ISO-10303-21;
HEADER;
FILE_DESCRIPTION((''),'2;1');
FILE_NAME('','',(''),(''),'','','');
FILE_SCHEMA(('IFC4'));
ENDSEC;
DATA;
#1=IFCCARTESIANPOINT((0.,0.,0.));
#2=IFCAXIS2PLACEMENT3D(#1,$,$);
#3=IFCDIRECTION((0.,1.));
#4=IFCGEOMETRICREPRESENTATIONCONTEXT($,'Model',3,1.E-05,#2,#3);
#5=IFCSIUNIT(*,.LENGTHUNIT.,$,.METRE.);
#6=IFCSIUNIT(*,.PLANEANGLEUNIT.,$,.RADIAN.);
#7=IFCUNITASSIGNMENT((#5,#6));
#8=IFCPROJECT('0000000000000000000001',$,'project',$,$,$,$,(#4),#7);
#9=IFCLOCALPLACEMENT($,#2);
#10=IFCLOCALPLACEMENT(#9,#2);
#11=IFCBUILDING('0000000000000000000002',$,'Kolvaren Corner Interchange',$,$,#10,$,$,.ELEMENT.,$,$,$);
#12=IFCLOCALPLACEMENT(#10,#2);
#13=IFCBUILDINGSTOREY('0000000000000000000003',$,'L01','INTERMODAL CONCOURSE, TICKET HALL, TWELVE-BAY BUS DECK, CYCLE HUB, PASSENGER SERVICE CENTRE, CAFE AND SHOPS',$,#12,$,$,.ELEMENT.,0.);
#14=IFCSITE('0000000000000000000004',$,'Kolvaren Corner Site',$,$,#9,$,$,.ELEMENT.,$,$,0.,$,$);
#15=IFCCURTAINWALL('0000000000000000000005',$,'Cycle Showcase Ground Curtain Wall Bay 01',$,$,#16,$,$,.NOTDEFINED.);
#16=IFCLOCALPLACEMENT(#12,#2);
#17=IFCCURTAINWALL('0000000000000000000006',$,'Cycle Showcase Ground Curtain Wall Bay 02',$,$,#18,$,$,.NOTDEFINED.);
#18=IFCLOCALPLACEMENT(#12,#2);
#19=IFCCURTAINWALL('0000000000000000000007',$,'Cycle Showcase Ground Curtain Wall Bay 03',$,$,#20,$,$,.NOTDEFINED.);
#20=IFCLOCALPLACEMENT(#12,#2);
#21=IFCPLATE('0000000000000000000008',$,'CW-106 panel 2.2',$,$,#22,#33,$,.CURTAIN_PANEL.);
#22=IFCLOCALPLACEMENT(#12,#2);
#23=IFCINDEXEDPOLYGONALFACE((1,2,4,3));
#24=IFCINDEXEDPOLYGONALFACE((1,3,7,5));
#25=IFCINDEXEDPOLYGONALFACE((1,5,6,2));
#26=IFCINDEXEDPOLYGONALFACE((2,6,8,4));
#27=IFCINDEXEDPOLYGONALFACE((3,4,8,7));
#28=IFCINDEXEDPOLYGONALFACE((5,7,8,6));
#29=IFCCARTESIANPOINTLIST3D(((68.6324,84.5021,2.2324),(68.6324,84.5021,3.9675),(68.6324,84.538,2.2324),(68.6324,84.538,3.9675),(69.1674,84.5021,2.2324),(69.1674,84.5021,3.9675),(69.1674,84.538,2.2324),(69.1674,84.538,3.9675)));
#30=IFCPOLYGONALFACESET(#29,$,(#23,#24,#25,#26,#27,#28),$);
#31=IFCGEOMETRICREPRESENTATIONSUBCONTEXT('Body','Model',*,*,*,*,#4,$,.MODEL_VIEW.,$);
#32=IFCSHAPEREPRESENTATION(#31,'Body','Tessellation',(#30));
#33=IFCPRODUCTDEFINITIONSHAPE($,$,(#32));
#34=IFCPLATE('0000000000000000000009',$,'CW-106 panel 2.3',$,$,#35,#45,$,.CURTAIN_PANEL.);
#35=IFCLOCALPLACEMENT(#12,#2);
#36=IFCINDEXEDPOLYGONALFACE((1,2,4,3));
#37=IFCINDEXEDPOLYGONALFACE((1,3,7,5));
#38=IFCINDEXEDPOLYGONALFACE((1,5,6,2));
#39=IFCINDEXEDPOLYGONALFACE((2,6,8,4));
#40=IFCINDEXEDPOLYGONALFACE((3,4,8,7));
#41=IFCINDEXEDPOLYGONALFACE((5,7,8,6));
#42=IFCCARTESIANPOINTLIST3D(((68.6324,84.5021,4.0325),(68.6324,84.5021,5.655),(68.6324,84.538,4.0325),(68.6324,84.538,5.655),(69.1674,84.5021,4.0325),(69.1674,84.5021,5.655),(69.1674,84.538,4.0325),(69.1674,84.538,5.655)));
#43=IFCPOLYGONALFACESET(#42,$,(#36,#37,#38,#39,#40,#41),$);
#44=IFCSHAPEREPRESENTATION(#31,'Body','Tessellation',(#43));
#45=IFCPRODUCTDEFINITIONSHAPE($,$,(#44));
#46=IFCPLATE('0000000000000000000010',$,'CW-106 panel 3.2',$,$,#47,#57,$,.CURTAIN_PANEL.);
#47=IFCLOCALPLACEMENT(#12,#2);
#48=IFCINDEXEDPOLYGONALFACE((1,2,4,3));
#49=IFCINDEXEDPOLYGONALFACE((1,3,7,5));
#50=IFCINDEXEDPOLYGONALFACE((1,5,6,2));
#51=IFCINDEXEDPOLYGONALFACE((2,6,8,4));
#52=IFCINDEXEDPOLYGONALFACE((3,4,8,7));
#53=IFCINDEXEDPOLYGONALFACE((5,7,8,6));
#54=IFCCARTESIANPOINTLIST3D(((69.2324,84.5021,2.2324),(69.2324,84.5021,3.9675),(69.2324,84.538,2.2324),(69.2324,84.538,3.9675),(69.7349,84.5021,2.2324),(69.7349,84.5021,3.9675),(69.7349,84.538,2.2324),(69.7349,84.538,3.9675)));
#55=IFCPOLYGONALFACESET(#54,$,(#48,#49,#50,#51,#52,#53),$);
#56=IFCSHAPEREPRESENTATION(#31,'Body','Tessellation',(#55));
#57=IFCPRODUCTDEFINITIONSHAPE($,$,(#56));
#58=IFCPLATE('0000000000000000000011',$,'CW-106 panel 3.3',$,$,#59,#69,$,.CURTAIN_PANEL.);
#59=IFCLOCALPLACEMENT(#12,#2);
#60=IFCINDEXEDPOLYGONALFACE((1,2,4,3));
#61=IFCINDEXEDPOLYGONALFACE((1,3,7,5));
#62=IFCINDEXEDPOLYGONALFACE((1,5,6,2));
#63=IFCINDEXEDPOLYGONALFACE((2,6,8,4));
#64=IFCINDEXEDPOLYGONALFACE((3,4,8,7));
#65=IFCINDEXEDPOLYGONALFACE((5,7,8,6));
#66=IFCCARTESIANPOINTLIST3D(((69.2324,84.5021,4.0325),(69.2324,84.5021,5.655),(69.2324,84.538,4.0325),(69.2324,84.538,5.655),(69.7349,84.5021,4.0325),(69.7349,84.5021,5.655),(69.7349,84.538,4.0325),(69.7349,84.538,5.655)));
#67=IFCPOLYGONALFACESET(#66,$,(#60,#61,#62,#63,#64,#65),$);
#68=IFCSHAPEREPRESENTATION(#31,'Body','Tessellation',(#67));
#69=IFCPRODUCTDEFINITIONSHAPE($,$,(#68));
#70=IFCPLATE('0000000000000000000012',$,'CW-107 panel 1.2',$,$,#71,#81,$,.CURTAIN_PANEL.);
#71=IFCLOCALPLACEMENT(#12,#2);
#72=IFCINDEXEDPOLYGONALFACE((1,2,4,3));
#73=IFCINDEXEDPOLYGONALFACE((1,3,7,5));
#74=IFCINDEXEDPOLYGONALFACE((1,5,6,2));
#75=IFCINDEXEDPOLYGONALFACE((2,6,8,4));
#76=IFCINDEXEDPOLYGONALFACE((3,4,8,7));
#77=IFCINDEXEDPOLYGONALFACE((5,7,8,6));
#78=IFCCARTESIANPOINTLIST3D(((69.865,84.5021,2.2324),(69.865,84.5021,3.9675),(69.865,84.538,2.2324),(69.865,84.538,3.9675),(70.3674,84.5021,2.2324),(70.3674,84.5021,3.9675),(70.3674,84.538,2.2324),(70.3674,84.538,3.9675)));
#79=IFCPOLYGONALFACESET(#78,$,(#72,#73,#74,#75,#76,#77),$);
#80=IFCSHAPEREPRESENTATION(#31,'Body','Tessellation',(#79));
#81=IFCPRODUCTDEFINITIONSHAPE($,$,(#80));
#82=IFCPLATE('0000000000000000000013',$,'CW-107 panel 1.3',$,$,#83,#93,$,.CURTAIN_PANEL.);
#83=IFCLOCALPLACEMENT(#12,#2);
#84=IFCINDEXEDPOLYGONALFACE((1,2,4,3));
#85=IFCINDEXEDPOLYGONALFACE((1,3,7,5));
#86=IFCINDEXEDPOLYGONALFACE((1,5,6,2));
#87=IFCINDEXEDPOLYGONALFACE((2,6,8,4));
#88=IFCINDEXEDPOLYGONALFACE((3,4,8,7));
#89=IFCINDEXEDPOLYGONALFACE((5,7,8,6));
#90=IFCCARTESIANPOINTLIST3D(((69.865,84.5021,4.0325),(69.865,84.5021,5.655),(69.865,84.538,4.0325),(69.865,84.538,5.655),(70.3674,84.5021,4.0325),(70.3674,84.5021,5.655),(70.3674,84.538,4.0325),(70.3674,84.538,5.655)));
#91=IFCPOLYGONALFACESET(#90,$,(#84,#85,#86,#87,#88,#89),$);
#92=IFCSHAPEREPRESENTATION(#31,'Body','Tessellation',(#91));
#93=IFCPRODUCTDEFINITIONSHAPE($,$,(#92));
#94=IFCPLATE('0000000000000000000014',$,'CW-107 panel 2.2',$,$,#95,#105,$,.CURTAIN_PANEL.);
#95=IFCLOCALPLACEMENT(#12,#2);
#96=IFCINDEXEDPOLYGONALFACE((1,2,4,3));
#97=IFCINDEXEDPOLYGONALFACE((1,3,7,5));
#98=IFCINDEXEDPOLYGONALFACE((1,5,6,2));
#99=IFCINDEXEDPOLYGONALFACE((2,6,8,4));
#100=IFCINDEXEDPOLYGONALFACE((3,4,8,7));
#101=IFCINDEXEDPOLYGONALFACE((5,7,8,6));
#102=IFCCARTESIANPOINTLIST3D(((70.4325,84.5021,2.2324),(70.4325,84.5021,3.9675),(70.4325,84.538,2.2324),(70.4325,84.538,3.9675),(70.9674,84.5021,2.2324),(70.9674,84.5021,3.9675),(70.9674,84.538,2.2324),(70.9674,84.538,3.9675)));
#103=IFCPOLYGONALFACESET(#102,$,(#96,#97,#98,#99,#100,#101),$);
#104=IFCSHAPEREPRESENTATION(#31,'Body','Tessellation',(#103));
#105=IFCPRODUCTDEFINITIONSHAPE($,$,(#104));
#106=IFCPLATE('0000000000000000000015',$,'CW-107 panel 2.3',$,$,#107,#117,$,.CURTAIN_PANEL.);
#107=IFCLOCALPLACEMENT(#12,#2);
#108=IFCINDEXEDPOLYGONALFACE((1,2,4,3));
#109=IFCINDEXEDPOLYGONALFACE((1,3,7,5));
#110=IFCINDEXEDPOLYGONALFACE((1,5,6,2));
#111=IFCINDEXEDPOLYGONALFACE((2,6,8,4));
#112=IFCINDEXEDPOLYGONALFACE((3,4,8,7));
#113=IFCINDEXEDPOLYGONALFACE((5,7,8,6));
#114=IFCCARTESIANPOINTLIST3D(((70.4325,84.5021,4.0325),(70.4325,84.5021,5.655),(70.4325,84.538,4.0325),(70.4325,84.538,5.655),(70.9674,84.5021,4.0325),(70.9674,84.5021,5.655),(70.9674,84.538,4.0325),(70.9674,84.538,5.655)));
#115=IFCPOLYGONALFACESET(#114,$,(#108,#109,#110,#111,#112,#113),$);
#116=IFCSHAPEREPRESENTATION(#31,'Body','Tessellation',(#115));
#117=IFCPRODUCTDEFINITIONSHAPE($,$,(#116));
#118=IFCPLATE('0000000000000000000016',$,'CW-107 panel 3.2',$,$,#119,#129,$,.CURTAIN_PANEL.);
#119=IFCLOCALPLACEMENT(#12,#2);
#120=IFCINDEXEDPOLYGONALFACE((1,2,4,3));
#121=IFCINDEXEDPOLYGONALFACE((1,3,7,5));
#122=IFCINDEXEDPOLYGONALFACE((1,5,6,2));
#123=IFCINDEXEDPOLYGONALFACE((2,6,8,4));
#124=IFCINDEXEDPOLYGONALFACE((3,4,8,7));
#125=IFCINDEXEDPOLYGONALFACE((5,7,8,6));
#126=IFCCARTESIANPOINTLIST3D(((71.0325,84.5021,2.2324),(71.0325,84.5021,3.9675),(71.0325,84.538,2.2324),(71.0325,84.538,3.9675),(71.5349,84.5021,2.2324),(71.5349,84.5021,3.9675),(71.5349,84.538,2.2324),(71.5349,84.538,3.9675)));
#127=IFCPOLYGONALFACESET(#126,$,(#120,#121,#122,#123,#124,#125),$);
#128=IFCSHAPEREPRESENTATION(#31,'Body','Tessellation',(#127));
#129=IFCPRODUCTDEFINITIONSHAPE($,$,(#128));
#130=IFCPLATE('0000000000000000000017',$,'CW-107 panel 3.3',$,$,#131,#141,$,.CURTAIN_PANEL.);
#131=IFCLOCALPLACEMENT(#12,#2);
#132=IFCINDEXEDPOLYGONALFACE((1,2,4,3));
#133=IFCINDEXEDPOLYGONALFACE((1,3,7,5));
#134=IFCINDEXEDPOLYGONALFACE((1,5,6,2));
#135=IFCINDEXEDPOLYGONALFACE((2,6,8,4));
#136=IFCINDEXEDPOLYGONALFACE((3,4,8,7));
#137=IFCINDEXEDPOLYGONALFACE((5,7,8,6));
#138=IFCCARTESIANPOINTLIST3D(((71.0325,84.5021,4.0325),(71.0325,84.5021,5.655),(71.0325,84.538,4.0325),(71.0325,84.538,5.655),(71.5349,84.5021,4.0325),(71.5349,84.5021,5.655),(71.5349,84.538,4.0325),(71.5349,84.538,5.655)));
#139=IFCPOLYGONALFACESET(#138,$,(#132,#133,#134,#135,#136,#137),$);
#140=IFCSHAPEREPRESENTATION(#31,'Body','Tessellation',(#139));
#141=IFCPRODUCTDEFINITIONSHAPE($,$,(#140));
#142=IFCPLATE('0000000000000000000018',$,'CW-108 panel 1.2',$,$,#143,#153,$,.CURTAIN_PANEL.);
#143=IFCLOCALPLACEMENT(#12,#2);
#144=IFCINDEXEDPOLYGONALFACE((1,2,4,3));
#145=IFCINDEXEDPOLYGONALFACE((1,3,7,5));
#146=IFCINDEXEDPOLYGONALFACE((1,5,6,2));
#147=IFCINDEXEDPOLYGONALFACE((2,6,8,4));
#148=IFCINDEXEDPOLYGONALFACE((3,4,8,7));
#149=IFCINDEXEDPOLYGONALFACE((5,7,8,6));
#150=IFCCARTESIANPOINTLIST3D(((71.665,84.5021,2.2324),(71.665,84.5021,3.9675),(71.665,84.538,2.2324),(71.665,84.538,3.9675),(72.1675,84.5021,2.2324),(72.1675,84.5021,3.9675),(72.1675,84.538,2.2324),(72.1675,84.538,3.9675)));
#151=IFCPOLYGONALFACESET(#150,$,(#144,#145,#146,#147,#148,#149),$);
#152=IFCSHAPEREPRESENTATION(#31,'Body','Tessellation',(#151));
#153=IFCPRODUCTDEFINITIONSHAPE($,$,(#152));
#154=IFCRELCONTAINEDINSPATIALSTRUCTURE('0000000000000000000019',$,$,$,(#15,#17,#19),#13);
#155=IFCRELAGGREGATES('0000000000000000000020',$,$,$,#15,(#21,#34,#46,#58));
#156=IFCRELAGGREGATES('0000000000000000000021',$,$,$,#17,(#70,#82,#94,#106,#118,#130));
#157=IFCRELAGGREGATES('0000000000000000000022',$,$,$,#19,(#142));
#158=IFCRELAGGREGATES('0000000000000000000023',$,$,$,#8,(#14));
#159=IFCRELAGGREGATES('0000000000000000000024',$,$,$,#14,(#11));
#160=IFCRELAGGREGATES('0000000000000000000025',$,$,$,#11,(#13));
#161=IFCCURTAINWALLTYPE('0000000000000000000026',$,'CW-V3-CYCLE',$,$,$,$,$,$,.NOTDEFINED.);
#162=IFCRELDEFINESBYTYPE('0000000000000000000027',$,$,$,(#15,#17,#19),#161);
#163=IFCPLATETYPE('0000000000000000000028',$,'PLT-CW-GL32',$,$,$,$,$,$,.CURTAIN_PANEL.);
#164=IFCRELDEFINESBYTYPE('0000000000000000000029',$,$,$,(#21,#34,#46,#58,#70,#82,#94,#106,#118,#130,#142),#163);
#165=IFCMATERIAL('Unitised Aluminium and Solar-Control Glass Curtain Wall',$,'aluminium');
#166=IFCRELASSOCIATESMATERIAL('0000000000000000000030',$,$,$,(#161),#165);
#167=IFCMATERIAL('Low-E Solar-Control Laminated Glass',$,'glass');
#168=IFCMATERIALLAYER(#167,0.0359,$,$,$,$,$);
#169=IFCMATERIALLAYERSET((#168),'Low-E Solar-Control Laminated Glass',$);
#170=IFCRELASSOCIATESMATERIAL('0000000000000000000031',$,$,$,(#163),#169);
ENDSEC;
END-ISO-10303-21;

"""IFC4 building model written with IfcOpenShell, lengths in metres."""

from ifc_helpers import new_model, si_unit, direction, frame, origin, origin_2d, place, context, subcontext, project, spatial, rectangle, extrude, material, layer, layer_set, type_object, element, aggregate, save


model = new_model("IFC4")

# Units and contexts
model_context = context("Model", 3, precision=1e-05, world=origin(), true_north=direction((0.0, 1.0)))
body_context = subcontext(model_context, "Body", "Model", "MODEL_VIEW")
ifc_project = project(units=[si_unit("LENGTHUNIT", "METRE"), si_unit("PLANEANGLEUNIT", "RADIAN")], contexts=[model_context])

# Site, building, storey
site_placement = place(None, origin())
site = spatial("IfcSite", under=ifc_project, at=site_placement, Name="Kolvaren Corner Site", CompositionType="ELEMENT", RefElevation=0.0)
building_placement = place(site_placement, origin())
building = spatial("IfcBuilding", under=site, at=building_placement, Name="Kolvaren Corner Interchange", CompositionType="ELEMENT")
storey_placement = place(building_placement, origin())
storey = spatial("IfcBuildingStorey", under=building, at=storey_placement, Name="L01", Description="INTERMODAL CONCOURSE, TICKET HALL, TWELVE-BAY BUS DECK, CYCLE HUB, PASSENGER SERVICE CENTRE, CAFE AND SHOPS", CompositionType="ELEMENT", Elevation=0.0)

# Curtain walls
ifc_material_1 = material(Name="Unitised Aluminium and Solar-Control Glass Curtain Wall", Category="aluminium")
curtain_wall_type = type_object("IfcCurtainWallType", Name="CW-V3-CYCLE", PredefinedType="NOTDEFINED", material=ifc_material_1)
curtain_wall_1_placement = place(storey_placement, origin())
curtain_wall_1 = element("IfcCurtainWall", 1, at=curtain_wall_1_placement, inside=storey, type_object=curtain_wall_type, Name="Cycle Showcase Ground Curtain Wall Bay 01", PredefinedType="NOTDEFINED")
curtain_wall_2_placement = place(storey_placement, origin())
curtain_wall_2 = element("IfcCurtainWall", 2, at=curtain_wall_2_placement, inside=storey, type_object=curtain_wall_type, Name="Cycle Showcase Ground Curtain Wall Bay 02", PredefinedType="NOTDEFINED")
curtain_wall_3_placement = place(storey_placement, origin())
curtain_wall_3 = element("IfcCurtainWall", 3, at=curtain_wall_3_placement, inside=storey, type_object=curtain_wall_type, Name="Cycle Showcase Ground Curtain Wall Bay 03", PredefinedType="NOTDEFINED")

# Plates
ifc_material_2 = material(Name="Low-E Solar-Control Laminated Glass", Category="glass")
ifc_layer = layer(ifc_material_2, 0.0359)
ifc_layer_set = layer_set([ifc_layer], Name="Low-E Solar-Control Laminated Glass")
plate_type = type_object("IfcPlateType", Name="PLT-CW-GL32", PredefinedType="CURTAIN_PANEL", material=ifc_layer_set)
plate_1_placement = place(storey_placement, frame((68.8999, 84.52, 2.2324), z_axis=(0.0, 0.0, 1.0), x_axis=(1.0, 0.0, 0.0)))
plate_1 = element("IfcPlate", 4, at=plate_1_placement, type_object=plate_type, Name="CW-106 panel 2.2", PredefinedType="CURTAIN_PANEL", context=body_context, shape_type="SweptSolid", body=[
    extrude(rectangle(XDim=0.5349, YDim=0.0359, at=origin_2d()), origin(), (0.0, 0.0, 1.0), 1.7351),
])
plate_2_placement = place(storey_placement, frame((68.8999, 84.52, 4.0325), z_axis=(0.0, 0.0, 1.0), x_axis=(1.0, 0.0, 0.0)))
plate_2 = element("IfcPlate", 5, at=plate_2_placement, type_object=plate_type, Name="CW-106 panel 2.3", PredefinedType="CURTAIN_PANEL", context=body_context, shape_type="SweptSolid", body=[
    extrude(rectangle(XDim=0.5349, YDim=0.0359, at=origin_2d()), origin(), (0.0, 0.0, 1.0), 1.6226),
])
plate_3_placement = place(storey_placement, frame((69.4836, 84.52, 2.2324), z_axis=(0.0, 0.0, 1.0), x_axis=(1.0, 0.0, 0.0)))
plate_3 = element("IfcPlate", 6, at=plate_3_placement, type_object=plate_type, Name="CW-106 panel 3.2", PredefinedType="CURTAIN_PANEL", context=body_context, shape_type="SweptSolid", body=[
    extrude(rectangle(XDim=0.5024, YDim=0.0359, at=origin_2d()), origin(), (0.0, 0.0, 1.0), 1.7351),
])
plate_4_placement = place(storey_placement, frame((69.4836, 84.52, 4.0325), z_axis=(0.0, 0.0, 1.0), x_axis=(1.0, 0.0, 0.0)))
plate_4 = element("IfcPlate", 7, at=plate_4_placement, type_object=plate_type, Name="CW-106 panel 3.3", PredefinedType="CURTAIN_PANEL", context=body_context, shape_type="SweptSolid", body=[
    extrude(rectangle(XDim=0.5024, YDim=0.0359, at=origin_2d()), origin(), (0.0, 0.0, 1.0), 1.6226),
])
aggregate(curtain_wall_1, [plate_1, plate_2, plate_3, plate_4])
plate_5_placement = place(storey_placement, frame((70.1162, 84.52, 2.2324), z_axis=(0.0, 0.0, 1.0), x_axis=(1.0, 0.0, 0.0)))
plate_5 = element("IfcPlate", 8, at=plate_5_placement, type_object=plate_type, Name="CW-107 panel 1.2", PredefinedType="CURTAIN_PANEL", context=body_context, shape_type="SweptSolid", body=[
    extrude(rectangle(XDim=0.5024, YDim=0.0359, at=origin_2d()), origin(), (0.0, 0.0, 1.0), 1.7351),
])
plate_6_placement = place(storey_placement, frame((70.1162, 84.52, 4.0325), z_axis=(0.0, 0.0, 1.0), x_axis=(1.0, 0.0, 0.0)))
plate_6 = element("IfcPlate", 9, at=plate_6_placement, type_object=plate_type, Name="CW-107 panel 1.3", PredefinedType="CURTAIN_PANEL", context=body_context, shape_type="SweptSolid", body=[
    extrude(rectangle(XDim=0.5024, YDim=0.0359, at=origin_2d()), origin(), (0.0, 0.0, 1.0), 1.6226),
])
plate_7_placement = place(storey_placement, frame((70.7, 84.52, 2.2324), z_axis=(0.0, 0.0, 1.0), x_axis=(1.0, 0.0, 0.0)))
plate_7 = element("IfcPlate", 10, at=plate_7_placement, type_object=plate_type, Name="CW-107 panel 2.2", PredefinedType="CURTAIN_PANEL", context=body_context, shape_type="SweptSolid", body=[
    extrude(rectangle(XDim=0.5349, YDim=0.0359, at=origin_2d()), origin(), (0.0, 0.0, 1.0), 1.7351),
])
plate_8_placement = place(storey_placement, frame((70.7, 84.52, 4.0325), z_axis=(0.0, 0.0, 1.0), x_axis=(1.0, 0.0, 0.0)))
plate_8 = element("IfcPlate", 11, at=plate_8_placement, type_object=plate_type, Name="CW-107 panel 2.3", PredefinedType="CURTAIN_PANEL", context=body_context, shape_type="SweptSolid", body=[
    extrude(rectangle(XDim=0.5349, YDim=0.0359, at=origin_2d()), origin(), (0.0, 0.0, 1.0), 1.6226),
])
plate_9_placement = place(storey_placement, frame((71.2837, 84.52, 2.2324), z_axis=(0.0, 0.0, 1.0), x_axis=(1.0, 0.0, 0.0)))
plate_9 = element("IfcPlate", 12, at=plate_9_placement, type_object=plate_type, Name="CW-107 panel 3.2", PredefinedType="CURTAIN_PANEL", context=body_context, shape_type="SweptSolid", body=[
    extrude(rectangle(XDim=0.5024, YDim=0.0359, at=origin_2d()), origin(), (0.0, 0.0, 1.0), 1.7351),
])
plate_10_placement = place(storey_placement, frame((71.2837, 84.52, 4.0325), z_axis=(0.0, 0.0, 1.0), x_axis=(1.0, 0.0, 0.0)))
plate_10 = element("IfcPlate", 13, at=plate_10_placement, type_object=plate_type, Name="CW-107 panel 3.3", PredefinedType="CURTAIN_PANEL", context=body_context, shape_type="SweptSolid", body=[
    extrude(rectangle(XDim=0.5024, YDim=0.0359, at=origin_2d()), origin(), (0.0, 0.0, 1.0), 1.6226),
])
aggregate(curtain_wall_2, [plate_5, plate_6, plate_7, plate_8, plate_9, plate_10])
plate_11_placement = place(storey_placement, frame((71.9163, 84.52, 2.2324), z_axis=(0.0, 0.0, 1.0), x_axis=(1.0, 0.0, 0.0)))
plate_11 = element("IfcPlate", 14, at=plate_11_placement, type_object=plate_type, Name="CW-108 panel 1.2", PredefinedType="CURTAIN_PANEL", context=body_context, shape_type="SweptSolid", body=[
    extrude(rectangle(XDim=0.5024, YDim=0.0359, at=origin_2d()), origin(), (0.0, 0.0, 1.0), 1.7351),
])
aggregate(curtain_wall_3, [plate_11])

save(model, "model.ifc")
